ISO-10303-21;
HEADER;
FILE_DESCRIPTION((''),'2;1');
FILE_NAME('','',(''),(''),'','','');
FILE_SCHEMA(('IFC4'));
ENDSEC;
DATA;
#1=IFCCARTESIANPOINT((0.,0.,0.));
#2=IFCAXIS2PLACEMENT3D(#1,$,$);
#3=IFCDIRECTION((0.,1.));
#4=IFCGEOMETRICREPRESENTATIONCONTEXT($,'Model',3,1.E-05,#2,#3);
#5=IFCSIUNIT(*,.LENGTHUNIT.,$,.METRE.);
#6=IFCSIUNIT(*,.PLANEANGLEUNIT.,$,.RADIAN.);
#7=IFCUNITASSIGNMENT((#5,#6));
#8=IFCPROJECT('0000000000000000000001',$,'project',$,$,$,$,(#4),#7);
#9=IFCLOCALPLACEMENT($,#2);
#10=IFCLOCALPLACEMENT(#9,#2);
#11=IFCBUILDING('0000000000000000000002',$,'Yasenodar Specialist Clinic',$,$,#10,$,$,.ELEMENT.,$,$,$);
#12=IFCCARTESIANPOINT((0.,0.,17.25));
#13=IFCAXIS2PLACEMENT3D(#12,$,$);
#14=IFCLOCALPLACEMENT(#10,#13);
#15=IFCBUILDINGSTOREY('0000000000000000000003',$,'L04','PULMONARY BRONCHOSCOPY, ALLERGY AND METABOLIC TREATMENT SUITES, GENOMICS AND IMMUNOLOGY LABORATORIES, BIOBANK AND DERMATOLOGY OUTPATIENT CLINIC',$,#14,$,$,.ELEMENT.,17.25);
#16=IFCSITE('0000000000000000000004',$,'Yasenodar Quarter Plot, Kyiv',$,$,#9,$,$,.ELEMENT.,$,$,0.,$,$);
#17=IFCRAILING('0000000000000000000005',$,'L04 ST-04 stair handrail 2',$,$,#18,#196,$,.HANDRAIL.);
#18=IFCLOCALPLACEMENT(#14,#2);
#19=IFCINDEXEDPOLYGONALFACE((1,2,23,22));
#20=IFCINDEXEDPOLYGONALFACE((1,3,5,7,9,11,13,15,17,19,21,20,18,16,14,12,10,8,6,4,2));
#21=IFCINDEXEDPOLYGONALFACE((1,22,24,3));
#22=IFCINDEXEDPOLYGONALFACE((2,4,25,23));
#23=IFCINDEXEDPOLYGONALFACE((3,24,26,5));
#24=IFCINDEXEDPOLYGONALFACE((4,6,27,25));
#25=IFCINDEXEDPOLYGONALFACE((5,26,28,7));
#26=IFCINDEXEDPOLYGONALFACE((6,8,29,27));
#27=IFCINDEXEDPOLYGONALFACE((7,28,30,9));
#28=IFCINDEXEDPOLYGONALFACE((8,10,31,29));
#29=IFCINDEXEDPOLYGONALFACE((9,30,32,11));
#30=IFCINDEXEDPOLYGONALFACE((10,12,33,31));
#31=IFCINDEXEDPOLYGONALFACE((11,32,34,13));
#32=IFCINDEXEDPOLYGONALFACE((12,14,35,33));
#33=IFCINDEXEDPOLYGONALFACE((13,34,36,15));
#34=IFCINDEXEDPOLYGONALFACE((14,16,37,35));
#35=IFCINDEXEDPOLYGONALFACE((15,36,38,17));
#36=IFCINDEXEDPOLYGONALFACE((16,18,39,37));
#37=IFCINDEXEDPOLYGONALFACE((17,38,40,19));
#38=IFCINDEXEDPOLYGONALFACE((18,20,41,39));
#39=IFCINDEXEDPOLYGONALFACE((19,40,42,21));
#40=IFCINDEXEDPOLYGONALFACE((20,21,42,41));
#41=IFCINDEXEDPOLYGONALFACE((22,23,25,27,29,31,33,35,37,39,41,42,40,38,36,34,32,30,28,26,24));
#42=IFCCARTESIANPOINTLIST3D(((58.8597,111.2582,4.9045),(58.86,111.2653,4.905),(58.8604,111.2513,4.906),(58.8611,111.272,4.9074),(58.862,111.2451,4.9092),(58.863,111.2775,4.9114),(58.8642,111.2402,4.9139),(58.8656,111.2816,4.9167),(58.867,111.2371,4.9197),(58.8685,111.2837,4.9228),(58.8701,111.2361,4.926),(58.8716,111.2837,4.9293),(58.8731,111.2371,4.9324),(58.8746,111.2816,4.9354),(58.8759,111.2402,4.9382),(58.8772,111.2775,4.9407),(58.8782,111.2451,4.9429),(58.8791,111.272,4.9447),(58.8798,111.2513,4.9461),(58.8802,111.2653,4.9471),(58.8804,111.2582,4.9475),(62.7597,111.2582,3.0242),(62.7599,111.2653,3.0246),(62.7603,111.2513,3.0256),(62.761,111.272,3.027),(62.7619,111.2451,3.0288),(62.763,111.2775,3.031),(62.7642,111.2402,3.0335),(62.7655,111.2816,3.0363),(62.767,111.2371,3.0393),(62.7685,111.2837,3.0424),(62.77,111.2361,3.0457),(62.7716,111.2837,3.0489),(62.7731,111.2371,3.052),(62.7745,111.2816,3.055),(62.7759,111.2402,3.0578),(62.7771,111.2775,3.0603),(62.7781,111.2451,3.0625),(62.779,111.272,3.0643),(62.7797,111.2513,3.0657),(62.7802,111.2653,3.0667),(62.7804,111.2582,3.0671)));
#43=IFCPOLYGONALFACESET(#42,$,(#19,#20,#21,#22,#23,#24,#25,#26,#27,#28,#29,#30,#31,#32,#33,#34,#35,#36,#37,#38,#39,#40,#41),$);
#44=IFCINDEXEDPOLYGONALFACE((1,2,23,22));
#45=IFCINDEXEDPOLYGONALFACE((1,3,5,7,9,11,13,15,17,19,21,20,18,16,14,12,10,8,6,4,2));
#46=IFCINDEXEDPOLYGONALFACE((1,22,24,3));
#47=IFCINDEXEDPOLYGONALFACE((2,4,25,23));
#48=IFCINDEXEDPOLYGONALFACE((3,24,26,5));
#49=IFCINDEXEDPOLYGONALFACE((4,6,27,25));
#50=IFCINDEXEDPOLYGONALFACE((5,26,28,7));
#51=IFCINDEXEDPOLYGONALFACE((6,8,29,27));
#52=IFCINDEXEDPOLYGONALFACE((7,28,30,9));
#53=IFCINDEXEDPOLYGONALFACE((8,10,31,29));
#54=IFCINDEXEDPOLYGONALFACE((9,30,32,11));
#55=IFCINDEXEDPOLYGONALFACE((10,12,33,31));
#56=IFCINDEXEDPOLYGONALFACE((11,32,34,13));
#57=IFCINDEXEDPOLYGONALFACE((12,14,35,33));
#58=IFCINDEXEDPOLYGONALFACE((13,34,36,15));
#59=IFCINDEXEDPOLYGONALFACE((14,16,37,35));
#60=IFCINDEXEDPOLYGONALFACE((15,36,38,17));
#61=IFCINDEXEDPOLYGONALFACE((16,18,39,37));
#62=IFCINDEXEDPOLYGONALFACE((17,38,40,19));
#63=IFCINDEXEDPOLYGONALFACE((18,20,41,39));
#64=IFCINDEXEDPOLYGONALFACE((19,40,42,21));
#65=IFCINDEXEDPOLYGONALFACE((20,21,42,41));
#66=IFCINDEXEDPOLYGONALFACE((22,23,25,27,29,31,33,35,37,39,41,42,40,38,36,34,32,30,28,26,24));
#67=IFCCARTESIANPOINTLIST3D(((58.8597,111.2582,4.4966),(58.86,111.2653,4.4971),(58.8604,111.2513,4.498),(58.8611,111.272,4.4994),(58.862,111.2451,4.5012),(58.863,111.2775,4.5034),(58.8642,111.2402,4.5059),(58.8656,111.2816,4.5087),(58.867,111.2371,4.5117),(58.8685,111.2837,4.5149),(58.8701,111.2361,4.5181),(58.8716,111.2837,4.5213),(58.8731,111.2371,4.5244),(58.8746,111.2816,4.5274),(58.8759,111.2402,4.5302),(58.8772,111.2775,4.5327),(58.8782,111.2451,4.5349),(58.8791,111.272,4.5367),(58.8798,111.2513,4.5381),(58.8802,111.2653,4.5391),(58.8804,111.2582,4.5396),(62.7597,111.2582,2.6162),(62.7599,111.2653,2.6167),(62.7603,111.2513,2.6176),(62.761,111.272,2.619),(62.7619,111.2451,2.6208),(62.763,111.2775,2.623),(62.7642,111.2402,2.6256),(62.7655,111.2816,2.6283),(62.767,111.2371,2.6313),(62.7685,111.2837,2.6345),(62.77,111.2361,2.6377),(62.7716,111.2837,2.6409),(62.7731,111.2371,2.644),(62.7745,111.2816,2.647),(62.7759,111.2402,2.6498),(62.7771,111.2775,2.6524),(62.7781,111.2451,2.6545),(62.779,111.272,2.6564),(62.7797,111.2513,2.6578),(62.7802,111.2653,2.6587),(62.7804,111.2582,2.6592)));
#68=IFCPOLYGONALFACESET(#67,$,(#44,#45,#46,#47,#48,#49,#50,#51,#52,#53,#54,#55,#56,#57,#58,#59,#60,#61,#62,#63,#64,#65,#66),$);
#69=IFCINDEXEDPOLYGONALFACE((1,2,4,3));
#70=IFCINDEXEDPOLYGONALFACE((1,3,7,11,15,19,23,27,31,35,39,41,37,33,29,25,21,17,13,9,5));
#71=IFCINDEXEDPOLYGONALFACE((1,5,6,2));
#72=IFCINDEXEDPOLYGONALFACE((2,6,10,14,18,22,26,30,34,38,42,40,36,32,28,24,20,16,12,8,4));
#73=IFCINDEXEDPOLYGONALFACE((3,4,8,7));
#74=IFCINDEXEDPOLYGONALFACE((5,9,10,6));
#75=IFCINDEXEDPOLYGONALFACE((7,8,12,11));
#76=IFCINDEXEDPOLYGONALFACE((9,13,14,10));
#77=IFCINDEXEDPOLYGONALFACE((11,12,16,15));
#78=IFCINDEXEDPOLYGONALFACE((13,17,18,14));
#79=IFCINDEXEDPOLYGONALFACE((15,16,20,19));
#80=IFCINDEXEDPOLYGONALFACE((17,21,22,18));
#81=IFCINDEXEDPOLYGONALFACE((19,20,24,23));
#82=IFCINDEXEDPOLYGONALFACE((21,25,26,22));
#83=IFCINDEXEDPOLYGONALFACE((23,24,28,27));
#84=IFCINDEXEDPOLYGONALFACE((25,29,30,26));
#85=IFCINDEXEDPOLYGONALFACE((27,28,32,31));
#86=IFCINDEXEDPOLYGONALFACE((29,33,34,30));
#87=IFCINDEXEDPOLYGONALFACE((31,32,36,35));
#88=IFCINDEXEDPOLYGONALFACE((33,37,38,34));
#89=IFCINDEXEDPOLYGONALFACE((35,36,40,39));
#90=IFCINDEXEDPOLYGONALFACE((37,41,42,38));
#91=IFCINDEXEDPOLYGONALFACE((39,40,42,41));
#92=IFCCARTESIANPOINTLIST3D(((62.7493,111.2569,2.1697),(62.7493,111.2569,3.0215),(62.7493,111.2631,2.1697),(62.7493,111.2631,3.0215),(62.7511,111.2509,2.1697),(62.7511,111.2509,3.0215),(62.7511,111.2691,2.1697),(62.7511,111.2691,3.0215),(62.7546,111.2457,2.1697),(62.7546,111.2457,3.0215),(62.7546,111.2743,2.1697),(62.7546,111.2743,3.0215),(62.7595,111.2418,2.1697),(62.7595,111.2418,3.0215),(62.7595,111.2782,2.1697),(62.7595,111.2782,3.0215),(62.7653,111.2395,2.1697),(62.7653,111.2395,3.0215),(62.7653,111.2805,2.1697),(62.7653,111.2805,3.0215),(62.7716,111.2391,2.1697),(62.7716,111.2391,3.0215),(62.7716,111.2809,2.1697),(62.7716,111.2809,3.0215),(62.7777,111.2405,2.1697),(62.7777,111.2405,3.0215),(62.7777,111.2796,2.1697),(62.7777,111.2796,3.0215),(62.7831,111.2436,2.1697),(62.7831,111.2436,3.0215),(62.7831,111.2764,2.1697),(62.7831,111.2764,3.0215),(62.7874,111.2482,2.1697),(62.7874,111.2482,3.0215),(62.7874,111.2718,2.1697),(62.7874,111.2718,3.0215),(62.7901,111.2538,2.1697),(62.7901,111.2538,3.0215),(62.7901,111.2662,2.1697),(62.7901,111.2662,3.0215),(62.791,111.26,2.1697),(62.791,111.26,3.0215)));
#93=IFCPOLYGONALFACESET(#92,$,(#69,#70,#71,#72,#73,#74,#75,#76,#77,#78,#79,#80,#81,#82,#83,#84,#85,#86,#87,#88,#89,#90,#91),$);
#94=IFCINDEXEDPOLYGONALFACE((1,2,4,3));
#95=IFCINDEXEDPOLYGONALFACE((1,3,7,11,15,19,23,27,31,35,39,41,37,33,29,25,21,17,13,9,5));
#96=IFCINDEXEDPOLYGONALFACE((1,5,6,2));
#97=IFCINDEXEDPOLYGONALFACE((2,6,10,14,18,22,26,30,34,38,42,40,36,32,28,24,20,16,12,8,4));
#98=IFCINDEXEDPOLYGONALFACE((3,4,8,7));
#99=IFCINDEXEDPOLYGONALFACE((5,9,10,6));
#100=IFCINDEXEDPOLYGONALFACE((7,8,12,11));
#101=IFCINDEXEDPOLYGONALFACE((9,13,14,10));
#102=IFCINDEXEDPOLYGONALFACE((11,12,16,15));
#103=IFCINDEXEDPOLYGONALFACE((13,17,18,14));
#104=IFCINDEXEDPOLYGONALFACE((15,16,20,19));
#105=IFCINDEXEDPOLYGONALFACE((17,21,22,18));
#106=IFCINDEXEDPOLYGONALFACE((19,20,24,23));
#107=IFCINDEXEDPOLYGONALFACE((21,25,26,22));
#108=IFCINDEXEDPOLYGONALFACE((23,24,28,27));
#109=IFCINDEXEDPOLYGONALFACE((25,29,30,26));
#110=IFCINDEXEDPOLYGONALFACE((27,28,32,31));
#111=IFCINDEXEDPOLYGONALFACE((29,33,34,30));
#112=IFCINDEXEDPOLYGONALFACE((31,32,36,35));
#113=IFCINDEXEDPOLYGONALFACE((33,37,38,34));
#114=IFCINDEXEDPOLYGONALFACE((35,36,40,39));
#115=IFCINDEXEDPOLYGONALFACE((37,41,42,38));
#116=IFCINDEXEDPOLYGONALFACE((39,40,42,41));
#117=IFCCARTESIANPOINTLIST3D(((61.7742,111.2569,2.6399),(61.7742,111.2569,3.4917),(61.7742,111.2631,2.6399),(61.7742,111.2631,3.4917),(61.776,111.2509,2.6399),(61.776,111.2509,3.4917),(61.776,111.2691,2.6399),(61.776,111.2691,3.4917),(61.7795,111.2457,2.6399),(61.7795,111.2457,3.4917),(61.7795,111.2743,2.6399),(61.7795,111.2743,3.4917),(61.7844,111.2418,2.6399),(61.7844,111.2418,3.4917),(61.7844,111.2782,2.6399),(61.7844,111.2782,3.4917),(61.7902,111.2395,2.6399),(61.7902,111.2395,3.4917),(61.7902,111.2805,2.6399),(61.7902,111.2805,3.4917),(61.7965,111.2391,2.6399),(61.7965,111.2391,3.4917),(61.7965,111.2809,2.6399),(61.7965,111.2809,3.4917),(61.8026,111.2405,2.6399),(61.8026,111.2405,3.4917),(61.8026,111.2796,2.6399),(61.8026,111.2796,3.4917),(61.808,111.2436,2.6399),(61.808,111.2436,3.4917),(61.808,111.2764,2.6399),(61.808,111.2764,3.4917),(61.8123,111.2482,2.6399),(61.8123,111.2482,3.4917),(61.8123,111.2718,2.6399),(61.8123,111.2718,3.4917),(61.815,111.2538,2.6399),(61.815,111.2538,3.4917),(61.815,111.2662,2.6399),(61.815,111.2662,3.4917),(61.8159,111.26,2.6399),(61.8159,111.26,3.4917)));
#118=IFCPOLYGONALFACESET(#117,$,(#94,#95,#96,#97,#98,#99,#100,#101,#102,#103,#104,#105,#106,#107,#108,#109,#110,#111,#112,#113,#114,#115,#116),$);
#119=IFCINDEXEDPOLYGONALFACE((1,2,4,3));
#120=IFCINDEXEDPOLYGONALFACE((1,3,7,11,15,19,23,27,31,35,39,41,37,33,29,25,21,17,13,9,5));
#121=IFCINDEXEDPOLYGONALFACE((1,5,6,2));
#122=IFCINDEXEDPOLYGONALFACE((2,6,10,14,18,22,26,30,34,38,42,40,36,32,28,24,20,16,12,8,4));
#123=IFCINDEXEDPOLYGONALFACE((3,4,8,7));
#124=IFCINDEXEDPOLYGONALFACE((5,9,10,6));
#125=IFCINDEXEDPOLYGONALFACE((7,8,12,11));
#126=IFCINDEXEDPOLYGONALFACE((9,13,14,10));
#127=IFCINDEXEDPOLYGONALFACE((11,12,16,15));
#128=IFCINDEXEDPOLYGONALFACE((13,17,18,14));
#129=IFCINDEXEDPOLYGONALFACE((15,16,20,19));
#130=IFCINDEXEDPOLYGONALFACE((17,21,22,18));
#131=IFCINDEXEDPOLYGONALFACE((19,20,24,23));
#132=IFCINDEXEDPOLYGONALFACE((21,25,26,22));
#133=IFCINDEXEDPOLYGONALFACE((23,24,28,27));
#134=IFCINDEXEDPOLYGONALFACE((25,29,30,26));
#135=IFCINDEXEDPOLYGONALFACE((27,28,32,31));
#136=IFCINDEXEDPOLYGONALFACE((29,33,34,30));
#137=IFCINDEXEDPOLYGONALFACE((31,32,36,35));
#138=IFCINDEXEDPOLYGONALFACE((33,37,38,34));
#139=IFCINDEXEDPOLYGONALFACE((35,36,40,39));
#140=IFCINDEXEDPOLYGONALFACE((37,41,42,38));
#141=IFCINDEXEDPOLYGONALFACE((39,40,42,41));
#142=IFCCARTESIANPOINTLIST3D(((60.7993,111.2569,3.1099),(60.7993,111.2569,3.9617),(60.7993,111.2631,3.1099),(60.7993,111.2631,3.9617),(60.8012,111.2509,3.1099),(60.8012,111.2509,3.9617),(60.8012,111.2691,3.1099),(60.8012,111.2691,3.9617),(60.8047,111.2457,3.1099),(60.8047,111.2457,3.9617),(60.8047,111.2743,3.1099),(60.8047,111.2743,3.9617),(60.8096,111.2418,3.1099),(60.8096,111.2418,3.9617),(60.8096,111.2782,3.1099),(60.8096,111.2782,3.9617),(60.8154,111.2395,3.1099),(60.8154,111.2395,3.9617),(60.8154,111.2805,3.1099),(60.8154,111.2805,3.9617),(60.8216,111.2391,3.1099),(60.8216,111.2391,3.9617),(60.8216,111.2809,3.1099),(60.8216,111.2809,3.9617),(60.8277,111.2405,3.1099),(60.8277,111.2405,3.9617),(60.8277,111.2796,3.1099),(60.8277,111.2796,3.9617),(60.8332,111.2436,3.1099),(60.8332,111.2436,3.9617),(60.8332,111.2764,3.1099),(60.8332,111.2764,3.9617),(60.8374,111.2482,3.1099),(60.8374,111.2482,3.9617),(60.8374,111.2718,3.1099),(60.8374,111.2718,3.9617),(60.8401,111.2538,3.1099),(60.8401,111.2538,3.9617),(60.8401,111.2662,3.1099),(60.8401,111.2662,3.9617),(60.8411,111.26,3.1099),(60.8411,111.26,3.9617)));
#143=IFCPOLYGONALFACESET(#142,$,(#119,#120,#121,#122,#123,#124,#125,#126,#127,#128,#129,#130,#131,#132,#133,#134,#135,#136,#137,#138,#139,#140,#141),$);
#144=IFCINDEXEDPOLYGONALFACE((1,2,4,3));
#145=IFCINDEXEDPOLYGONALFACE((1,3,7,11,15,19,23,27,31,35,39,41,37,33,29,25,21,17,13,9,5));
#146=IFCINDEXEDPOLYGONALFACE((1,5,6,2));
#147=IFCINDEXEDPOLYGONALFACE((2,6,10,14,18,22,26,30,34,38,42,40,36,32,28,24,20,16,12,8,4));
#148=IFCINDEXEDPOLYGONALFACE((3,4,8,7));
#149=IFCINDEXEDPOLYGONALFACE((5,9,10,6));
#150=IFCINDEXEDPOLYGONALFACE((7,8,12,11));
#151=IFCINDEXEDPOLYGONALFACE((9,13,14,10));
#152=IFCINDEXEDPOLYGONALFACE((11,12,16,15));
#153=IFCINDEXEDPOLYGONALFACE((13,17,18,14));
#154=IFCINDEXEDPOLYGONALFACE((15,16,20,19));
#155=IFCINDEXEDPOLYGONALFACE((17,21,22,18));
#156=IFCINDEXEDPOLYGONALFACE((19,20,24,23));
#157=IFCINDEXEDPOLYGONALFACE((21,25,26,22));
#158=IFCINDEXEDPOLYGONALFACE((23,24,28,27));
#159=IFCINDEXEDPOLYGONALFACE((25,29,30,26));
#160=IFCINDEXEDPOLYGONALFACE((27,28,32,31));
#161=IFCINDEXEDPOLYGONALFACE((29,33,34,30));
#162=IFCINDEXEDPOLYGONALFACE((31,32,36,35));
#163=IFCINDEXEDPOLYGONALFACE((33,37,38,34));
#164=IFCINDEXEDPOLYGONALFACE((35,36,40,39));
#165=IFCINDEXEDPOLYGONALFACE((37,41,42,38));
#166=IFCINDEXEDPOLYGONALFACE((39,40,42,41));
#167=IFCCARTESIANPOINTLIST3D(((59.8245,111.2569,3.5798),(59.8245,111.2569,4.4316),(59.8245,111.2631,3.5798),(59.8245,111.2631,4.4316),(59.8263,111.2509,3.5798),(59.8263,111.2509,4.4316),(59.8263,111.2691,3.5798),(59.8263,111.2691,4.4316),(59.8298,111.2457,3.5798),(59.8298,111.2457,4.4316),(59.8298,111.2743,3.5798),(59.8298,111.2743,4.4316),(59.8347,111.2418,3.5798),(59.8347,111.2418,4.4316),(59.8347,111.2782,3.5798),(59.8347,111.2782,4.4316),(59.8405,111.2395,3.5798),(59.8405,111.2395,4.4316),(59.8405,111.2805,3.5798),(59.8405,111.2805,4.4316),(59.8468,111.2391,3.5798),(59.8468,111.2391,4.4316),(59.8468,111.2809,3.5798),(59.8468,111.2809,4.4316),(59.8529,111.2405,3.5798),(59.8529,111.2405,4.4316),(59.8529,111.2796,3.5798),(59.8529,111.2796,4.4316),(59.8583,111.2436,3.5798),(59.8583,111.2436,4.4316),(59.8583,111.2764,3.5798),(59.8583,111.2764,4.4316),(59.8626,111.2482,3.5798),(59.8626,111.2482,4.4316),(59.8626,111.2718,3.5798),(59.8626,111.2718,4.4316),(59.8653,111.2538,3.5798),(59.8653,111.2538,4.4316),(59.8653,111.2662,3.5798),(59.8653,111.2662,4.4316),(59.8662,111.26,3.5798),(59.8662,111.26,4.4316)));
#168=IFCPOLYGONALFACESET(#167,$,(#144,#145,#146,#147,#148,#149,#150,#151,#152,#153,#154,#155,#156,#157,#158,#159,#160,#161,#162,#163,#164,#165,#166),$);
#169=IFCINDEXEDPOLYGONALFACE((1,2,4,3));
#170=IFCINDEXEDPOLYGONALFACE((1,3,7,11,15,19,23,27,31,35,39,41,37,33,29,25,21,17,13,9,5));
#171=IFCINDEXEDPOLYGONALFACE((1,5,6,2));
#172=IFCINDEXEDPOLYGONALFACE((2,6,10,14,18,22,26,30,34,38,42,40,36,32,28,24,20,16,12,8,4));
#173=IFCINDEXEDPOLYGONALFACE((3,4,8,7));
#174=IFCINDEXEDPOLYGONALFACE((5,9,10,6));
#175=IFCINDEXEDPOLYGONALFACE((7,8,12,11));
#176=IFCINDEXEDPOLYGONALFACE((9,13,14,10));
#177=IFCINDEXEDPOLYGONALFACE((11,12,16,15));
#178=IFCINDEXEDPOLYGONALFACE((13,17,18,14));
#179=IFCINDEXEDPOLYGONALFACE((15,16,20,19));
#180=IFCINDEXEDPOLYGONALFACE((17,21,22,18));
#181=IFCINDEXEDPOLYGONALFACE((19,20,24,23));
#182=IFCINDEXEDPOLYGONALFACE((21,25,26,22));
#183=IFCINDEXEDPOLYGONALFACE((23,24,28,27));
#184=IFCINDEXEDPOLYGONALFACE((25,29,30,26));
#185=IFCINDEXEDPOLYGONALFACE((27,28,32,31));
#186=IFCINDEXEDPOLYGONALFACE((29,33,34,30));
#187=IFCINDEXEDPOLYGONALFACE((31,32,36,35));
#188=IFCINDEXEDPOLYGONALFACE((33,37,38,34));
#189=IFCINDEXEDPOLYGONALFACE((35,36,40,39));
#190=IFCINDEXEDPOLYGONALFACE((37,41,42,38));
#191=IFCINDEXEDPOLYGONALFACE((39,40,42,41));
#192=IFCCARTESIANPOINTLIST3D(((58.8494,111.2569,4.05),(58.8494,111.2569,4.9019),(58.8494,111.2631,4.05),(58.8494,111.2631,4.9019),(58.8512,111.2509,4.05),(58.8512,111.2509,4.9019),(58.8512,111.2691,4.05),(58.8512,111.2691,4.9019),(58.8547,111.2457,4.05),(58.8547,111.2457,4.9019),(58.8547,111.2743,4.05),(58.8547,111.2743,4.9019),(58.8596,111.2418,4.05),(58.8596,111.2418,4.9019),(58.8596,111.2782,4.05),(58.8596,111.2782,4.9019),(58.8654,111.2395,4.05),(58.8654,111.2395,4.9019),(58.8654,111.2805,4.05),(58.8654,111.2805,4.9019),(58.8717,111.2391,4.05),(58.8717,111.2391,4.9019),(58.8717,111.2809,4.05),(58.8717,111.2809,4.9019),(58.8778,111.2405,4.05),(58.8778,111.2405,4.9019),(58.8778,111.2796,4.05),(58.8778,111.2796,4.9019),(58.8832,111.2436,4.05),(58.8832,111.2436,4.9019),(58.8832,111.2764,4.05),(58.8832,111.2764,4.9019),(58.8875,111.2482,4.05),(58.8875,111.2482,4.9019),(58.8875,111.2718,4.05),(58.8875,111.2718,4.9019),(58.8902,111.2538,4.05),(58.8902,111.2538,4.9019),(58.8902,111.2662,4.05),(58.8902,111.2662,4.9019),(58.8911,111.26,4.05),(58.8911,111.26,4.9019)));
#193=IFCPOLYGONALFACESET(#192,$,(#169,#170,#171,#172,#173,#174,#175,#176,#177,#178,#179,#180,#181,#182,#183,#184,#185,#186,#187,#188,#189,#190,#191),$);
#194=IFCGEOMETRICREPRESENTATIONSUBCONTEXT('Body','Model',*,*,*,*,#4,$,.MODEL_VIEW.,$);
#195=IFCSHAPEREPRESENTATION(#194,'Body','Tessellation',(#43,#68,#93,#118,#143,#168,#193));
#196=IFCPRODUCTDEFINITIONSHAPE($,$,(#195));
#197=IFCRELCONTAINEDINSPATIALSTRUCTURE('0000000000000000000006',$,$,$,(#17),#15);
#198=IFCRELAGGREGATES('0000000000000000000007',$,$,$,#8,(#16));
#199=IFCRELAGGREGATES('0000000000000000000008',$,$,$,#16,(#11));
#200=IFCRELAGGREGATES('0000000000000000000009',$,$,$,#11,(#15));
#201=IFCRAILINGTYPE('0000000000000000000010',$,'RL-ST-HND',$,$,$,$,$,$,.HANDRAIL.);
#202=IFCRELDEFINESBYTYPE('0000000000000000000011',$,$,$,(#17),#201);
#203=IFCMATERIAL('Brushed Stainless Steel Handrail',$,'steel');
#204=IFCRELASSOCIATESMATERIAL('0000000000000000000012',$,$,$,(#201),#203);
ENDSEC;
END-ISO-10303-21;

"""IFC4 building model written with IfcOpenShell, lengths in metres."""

from ifc_helpers import new_model, si_unit, direction, frame, origin, origin_2d, place, context, subcontext, project, spatial, circle, extrude, material, type_object, element, save


model = new_model("IFC4")

# Units and contexts
model_context = context("Model", 3, precision=1e-05, world=origin(), true_north=direction((0.0, 1.0)))
body_context = subcontext(model_context, "Body", "Model", "MODEL_VIEW")
ifc_project = project(units=[si_unit("LENGTHUNIT", "METRE"), si_unit("PLANEANGLEUNIT", "RADIAN")], contexts=[model_context])

# Site, building, storey
site_placement = place(None, origin())
site = spatial("IfcSite", under=ifc_project, at=site_placement, Name="Yasenodar Quarter Plot, Kyiv", CompositionType="ELEMENT", RefElevation=0.0)
building_placement = place(site_placement, origin())
building = spatial("IfcBuilding", under=site, at=building_placement, Name="Yasenodar Specialist Clinic", CompositionType="ELEMENT")
storey_placement = place(building_placement, frame((0.0, 0.0, 17.25)))
storey = spatial("IfcBuildingStorey", under=building, at=storey_placement, Name="L04", Description="PULMONARY BRONCHOSCOPY, ALLERGY AND METABOLIC TREATMENT SUITES, GENOMICS AND IMMUNOLOGY LABORATORIES, BIOBANK AND DERMATOLOGY OUTPATIENT CLINIC", CompositionType="ELEMENT", Elevation=17.25)

# Railing
ifc_material_1 = material(Name="Brushed Stainless Steel Handrail", Category="steel")
railing_type_1 = type_object("IfcRailingType", Name="RL-ST-HND", PredefinedType="HANDRAIL", material=ifc_material_1)
railing_1_placement = place(storey_placement, frame((62.77, 111.26, 2.1697)))
element("IfcRailing", 1, at=railing_1_placement, inside=storey, type_object=railing_type_1, Name="L04 ST-04 stair handrail 2", PredefinedType="HANDRAIL", context=body_context, shape_type="SweptSolid", body=[
    extrude(circle(Radius=0.0239, at=origin_2d()), frame((0.0, 0.0, 0.876), z_axis=(-0.900763, 0.0, 0.434311), x_axis=(0.0, -1.0, 0.0)), (0.0, 0.0, 1.0), 4.3296),
    extrude(circle(Radius=0.0239, at=origin_2d()), frame((0.0, 0.0, 0.468), z_axis=(-0.900763, 0.0, 0.434311), x_axis=(0.0, -1.0, 0.0)), (0.0, 0.0, 1.0), 4.3296),
    extrude(circle(Radius=0.021, at=origin_2d()), origin(), (0.0, 0.0, 1.0), 0.8518),
    extrude(circle(Radius=0.021, at=origin_2d()), frame((-0.9751, 0.0, 0.4702)), (0.0, 0.0, 1.0), 0.8518),
    extrude(circle(Radius=0.021, at=origin_2d()), frame((-1.95, 0.0, 0.9402)), (0.0, 0.0, 1.0), 0.8518),
    extrude(circle(Radius=0.021, at=origin_2d()), frame((-2.9248, 0.0, 1.4102)), (0.0, 0.0, 1.0), 0.8518),
    extrude(circle(Radius=0.021, at=origin_2d()), frame((-3.8999, 0.0, 1.8804)), (0.0, 0.0, 1.0), 0.8518),
])

save(model, "model.ifc")
